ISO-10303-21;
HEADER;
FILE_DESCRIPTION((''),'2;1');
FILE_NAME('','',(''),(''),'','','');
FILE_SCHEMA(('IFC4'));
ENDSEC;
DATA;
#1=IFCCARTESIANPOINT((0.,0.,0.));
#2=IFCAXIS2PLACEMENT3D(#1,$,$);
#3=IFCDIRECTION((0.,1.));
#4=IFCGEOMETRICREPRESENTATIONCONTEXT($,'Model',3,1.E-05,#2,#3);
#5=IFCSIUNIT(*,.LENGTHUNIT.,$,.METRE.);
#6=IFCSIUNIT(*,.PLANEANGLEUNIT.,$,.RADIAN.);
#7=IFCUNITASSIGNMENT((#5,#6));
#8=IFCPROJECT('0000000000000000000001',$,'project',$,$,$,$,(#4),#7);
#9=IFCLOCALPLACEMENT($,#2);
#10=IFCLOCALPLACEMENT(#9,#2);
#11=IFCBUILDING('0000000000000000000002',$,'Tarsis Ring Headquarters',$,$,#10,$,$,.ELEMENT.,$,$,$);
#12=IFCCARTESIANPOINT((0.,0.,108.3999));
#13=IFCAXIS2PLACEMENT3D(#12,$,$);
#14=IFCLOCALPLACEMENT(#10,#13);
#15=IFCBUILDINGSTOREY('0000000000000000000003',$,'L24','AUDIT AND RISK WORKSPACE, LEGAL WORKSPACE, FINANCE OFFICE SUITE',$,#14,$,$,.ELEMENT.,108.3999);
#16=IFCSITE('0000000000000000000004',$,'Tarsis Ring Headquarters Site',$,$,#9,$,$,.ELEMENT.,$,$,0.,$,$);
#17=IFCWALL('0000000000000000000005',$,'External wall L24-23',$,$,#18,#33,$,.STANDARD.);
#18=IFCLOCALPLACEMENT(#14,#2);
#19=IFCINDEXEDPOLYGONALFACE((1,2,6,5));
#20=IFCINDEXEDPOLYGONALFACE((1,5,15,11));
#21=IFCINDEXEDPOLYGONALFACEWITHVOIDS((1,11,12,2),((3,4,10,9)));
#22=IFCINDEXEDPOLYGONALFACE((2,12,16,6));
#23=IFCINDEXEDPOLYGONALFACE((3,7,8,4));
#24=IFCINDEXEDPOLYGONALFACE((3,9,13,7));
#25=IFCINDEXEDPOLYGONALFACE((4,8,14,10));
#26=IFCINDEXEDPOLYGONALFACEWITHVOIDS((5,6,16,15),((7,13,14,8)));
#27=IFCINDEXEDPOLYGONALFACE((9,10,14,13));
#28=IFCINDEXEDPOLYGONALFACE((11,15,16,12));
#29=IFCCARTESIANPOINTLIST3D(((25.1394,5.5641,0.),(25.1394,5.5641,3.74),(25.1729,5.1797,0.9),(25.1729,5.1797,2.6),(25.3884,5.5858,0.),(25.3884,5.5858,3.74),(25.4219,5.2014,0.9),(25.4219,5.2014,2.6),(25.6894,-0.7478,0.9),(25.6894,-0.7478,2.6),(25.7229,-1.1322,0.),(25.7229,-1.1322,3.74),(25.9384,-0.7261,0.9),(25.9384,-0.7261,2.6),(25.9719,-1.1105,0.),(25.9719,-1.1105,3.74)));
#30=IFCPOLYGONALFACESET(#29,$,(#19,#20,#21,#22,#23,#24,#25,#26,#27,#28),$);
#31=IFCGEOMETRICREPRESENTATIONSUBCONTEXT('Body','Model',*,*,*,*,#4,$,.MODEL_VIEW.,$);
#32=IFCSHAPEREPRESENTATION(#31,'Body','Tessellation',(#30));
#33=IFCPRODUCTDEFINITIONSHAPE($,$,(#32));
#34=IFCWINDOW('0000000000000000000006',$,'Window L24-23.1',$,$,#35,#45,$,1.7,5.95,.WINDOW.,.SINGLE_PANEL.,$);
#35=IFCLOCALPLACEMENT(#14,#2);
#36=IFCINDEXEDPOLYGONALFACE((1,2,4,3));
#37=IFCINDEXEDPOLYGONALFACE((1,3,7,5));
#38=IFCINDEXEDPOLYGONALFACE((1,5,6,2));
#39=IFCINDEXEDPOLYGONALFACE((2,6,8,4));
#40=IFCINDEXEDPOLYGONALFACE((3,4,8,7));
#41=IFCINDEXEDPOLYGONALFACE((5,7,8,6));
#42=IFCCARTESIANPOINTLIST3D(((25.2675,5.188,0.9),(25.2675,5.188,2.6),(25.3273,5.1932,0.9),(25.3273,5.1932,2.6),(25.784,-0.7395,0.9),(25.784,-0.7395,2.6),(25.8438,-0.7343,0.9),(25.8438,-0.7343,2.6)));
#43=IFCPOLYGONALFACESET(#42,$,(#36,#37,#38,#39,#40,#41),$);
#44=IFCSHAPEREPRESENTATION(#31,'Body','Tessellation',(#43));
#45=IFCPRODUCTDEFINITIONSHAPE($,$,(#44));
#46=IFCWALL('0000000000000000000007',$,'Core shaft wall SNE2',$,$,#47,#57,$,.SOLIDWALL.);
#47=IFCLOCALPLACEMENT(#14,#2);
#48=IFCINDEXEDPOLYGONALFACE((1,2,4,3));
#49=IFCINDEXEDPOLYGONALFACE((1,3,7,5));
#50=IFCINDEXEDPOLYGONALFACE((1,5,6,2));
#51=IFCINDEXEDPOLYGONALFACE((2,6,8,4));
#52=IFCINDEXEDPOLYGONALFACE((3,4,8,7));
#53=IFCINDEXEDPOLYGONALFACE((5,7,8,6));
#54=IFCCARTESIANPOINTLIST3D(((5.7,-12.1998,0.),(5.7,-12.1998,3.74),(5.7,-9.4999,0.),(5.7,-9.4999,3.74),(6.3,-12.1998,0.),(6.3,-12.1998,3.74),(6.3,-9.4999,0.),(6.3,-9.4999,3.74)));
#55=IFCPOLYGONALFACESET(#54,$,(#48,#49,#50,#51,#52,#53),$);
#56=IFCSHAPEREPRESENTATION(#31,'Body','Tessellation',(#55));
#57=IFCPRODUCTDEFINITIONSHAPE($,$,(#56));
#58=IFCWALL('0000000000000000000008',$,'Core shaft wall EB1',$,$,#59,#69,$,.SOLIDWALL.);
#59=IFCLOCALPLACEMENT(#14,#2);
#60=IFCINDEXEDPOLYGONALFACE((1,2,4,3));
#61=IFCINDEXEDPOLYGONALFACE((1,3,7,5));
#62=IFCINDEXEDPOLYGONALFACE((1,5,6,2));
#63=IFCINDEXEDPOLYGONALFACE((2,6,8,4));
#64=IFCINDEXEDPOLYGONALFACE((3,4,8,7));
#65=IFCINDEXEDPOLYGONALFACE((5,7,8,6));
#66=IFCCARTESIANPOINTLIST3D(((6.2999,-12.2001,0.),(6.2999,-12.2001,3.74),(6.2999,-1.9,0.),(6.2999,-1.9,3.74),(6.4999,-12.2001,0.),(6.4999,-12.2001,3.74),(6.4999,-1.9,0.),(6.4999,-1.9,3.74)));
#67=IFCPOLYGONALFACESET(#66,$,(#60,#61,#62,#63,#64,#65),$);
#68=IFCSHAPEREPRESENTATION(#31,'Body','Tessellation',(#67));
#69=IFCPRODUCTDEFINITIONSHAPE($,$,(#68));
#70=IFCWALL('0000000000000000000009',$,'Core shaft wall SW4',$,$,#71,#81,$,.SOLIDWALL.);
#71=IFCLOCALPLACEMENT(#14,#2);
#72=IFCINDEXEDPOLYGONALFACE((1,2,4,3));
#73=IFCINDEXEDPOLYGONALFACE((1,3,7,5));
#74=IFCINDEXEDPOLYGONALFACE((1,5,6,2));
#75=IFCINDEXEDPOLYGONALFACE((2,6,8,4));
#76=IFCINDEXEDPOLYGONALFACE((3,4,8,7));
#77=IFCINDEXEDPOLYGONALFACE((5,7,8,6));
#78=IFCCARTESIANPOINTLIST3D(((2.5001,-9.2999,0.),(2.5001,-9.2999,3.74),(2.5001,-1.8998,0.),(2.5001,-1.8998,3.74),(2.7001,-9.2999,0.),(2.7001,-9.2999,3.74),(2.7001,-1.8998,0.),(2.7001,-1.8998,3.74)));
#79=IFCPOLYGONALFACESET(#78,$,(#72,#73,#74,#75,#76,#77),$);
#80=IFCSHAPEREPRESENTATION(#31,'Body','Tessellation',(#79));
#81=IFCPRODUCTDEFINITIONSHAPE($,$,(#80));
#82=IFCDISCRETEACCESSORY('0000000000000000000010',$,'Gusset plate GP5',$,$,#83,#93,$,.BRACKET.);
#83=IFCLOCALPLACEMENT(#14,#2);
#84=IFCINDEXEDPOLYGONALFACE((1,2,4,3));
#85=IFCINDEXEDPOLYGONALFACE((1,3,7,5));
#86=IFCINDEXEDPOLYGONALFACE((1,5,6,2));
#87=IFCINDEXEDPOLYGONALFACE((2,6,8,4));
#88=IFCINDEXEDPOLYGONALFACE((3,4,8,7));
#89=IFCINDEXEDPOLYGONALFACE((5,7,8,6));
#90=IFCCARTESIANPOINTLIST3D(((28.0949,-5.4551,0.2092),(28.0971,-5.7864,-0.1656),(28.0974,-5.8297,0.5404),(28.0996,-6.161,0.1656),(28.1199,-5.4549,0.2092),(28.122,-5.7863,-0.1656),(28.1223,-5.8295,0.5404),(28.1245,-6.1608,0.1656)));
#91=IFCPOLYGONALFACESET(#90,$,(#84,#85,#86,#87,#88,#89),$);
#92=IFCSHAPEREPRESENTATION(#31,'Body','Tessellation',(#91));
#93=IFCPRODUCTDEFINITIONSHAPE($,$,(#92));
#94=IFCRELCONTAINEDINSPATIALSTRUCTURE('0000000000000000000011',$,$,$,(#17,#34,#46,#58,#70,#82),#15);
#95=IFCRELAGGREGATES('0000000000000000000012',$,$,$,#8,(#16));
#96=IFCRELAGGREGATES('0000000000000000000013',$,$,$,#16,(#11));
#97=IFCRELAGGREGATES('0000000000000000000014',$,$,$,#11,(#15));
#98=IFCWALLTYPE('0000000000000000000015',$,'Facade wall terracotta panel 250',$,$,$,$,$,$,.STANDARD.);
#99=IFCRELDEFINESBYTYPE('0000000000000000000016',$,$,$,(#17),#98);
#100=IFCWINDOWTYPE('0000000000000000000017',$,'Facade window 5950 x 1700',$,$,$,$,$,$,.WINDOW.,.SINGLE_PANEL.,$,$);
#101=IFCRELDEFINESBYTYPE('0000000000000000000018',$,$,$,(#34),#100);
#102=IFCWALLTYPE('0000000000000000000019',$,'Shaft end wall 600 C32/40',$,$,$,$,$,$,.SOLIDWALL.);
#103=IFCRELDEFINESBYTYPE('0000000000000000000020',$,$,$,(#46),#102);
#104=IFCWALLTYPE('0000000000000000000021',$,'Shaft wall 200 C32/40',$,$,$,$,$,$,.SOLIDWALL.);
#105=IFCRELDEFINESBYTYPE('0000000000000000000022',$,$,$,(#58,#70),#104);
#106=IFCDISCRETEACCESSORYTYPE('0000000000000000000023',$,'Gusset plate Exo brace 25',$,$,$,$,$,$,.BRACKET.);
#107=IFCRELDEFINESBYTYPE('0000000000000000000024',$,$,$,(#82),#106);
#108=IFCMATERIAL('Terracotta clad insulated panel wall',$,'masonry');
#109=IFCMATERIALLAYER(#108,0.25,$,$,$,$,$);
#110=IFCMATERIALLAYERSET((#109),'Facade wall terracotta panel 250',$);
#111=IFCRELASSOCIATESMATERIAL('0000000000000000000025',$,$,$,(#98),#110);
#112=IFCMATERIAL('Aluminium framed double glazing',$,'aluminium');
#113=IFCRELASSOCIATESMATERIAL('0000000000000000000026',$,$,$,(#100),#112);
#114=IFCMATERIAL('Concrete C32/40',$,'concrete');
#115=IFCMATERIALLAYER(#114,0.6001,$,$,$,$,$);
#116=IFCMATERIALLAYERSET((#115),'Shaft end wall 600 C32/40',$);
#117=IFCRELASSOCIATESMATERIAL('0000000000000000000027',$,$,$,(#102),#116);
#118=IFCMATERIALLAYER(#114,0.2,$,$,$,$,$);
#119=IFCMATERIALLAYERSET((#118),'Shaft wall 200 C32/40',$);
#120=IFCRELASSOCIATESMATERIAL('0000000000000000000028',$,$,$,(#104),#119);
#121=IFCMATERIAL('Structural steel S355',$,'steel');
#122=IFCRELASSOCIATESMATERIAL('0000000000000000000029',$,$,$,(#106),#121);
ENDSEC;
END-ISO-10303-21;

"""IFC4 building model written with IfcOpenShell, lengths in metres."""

from ifc_helpers import new_model, si_unit, direction, frame, frame_2d, origin, origin_2d, place, context, subcontext, project, spatial, rectangle, extrude, material, layer, layer_set, material_profile, profile_set, type_object, element, fill, save


model = new_model("IFC4")

# Units and contexts
model_context = context("Model", 3, precision=1e-05, world=origin(), true_north=direction((0.0, 1.0)))
body_context = subcontext(model_context, "Body", "Model", "MODEL_VIEW")
ifc_project = project(units=[si_unit("LENGTHUNIT", "METRE"), si_unit("PLANEANGLEUNIT", "RADIAN")], contexts=[model_context])

# Site, building, storey
site_placement = place(None, origin())
site = spatial("IfcSite", under=ifc_project, at=site_placement, Name="Tarsis Ring Headquarters Site", CompositionType="ELEMENT", RefElevation=0.0)
building_placement = place(site_placement, origin())
building = spatial("IfcBuilding", under=site, at=building_placement, Name="Tarsis Ring Headquarters", CompositionType="ELEMENT")
storey_placement = place(building_placement, frame((0.0, 0.0, 108.3999)))
storey = spatial("IfcBuildingStorey", under=building, at=storey_placement, Name="L24", Description="AUDIT AND RISK WORKSPACE, LEGAL WORKSPACE, FINANCE OFFICE SUITE", CompositionType="ELEMENT", Elevation=108.3999)

# Shared definitions
ifc_material_1 = material(Name="Structural steel S355", Category="steel")

# Wall, opening, window
ifc_material_2 = material(Name="Terracotta clad insulated panel wall", Category="masonry")
ifc_layer_1 = layer(ifc_material_2, 0.25)
ifc_layer_set_1 = layer_set([ifc_layer_1], Name="Facade wall terracotta panel 250")
wall_type_1 = type_object("IfcWallType", Name="Facade wall terracotta panel 250", PredefinedType="STANDARD", material=ifc_layer_set_1)
ifc_material_3 = material(Name="Aluminium framed double glazing", Category="aluminium")
window_type = type_object("IfcWindowType", Name="Facade window 5950 x 1700", PartitioningType="SINGLE_PANEL", PredefinedType="WINDOW", material=ifc_material_3)
wall_1_placement = place(storey_placement, frame((25.8474, -1.1213, 0.0), z_axis=(0.0, 0.0, 1.0), x_axis=(-0.086808, 0.996225, 0.0)))
wall_1 = element("IfcWall", 1, at=wall_1_placement, inside=storey, type_object=wall_type_1, Name="External wall L24-23", PredefinedType="STANDARD", context=body_context, shape_type="SweptSolid", body=[
    extrude(rectangle(XDim=6.7217, YDim=0.25, at=frame_2d((3.3608, 0.0))), origin(), (0.0, 0.0, 1.0), 3.74),
])
opening_1_placement = place(wall_1_placement, frame((0.3857, 0.0, 0.8999)))
opening_1 = element("IfcOpeningElement", 2, at=opening_1_placement, cuts=wall_1, PredefinedType="OPENING", context=body_context, shape_type="SweptSolid", body=[
    extrude(rectangle(XDim=5.95, YDim=1.7, at=frame_2d((2.9751, 0.8501))), frame((0.0, 0.135, 0.0), z_axis=(0.0, -1.0, 0.0), x_axis=(1.0, 0.0, 0.0)), (0.0, 0.0, 1.0), 0.27),
])
window_1_placement = place(opening_1_placement, origin())
window_1 = element("IfcWindow", 3, at=window_1_placement, inside=storey, type_object=window_type, Name="Window L24-23.1", OverallHeight=1.7, OverallWidth=5.95, PartitioningType="SINGLE_PANEL", PredefinedType="WINDOW", context=body_context, shape_type="SweptSolid", body=[
    extrude(rectangle(XDim=5.95, YDim=1.7, at=frame_2d((2.9751, 0.8501))), frame((0.0, 0.03, 0.0), z_axis=(0.0, -1.0, 0.0), x_axis=(1.0, 0.0, 0.0)), (0.0, 0.0, 1.0), 0.0601),
])
fill(opening_1, window_1)

# Walls
ifc_material_4 = material(Name="Concrete C32/40", Category="concrete")
ifc_layer_2 = layer(ifc_material_4, 0.6001)
ifc_layer_set_2 = layer_set([ifc_layer_2], Name="Shaft end wall 600 C32/40")
wall_type_2 = type_object("IfcWallType", Name="Shaft end wall 600 C32/40", PredefinedType="SOLIDWALL", material=ifc_layer_set_2)
wall_2_placement = place(storey_placement, frame((6.0, -12.2, 0.0), z_axis=(0.0, 0.0, 1.0), x_axis=(0.0, 1.0, 0.0)))
element("IfcWall", 4, at=wall_2_placement, inside=storey, type_object=wall_type_2, Name="Core shaft wall SNE2", PredefinedType="SOLIDWALL", context=body_context, shape_type="SweptSolid", body=[
    extrude(rectangle(XDim=2.7, YDim=0.6001, at=frame_2d((1.3501, 0.0))), origin(), (0.0, 0.0, 1.0), 3.74),
])
ifc_layer_3 = layer(ifc_material_4, 0.2)
ifc_layer_set_3 = layer_set([ifc_layer_3], Name="Shaft wall 200 C32/40")
wall_type_3 = type_object("IfcWallType", Name="Shaft wall 200 C32/40", PredefinedType="SOLIDWALL", material=ifc_layer_set_3)
wall_3_placement = place(storey_placement, frame((6.3999, -12.2, 0.0), z_axis=(0.0, 0.0, 1.0), x_axis=(0.0, 1.0, 0.0)))
element("IfcWall", 5, at=wall_3_placement, inside=storey, type_object=wall_type_3, Name="Core shaft wall EB1", PredefinedType="SOLIDWALL", context=body_context, shape_type="SweptSolid", body=[
    extrude(rectangle(XDim=10.3, YDim=0.2, at=frame_2d((5.1499, 0.0))), origin(), (0.0, 0.0, 1.0), 3.74),
])
wall_4_placement = place(storey_placement, frame((2.6001, -9.3, 0.0), z_axis=(0.0, 0.0, 1.0), x_axis=(0.0, 1.0, 0.0)))
element("IfcWall", 6, at=wall_4_placement, inside=storey, type_object=wall_type_3, Name="Core shaft wall SW4", PredefinedType="SOLIDWALL", context=body_context, shape_type="SweptSolid", body=[
    extrude(rectangle(XDim=7.4001, YDim=0.2, at=frame_2d((3.7002, 0.0))), origin(), (0.0, 0.0, 1.0), 3.74),
])

# Discrete accessory
ifc_material_profile_1 = material_profile(ifc_material_1, rectangle(XDim=0.0249, YDim=0.5, at=origin_2d()), Name="PL 25x500")
ifc_profile_set_1 = profile_set([ifc_material_profile_1], Name="Structural steel S355")
discrete_accessory_type = type_object("IfcDiscreteAccessoryType", Name="Gusset plate Exo brace 25", PredefinedType="BRACKET", material=ifc_profile_set_1)
discrete_accessory_placement = place(storey_placement, frame((28.1108, -5.9736, 0.0), z_axis=(-0.004393, 0.662325, 0.749204), x_axis=(-0.999978, -0.006632, 0.0)))
element("IfcDiscreteAccessory", 7, at=discrete_accessory_placement, inside=storey, type_object=discrete_accessory_type, Name="Gusset plate GP5", PredefinedType="BRACKET", context=body_context, shape_type="SweptSolid", body=[
    extrude(rectangle(XDim=0.0249, YDim=0.5, at=origin_2d()), origin(), (0.0, 0.0, 1.0), 0.5002),
])

save(model, "model.ifc")
